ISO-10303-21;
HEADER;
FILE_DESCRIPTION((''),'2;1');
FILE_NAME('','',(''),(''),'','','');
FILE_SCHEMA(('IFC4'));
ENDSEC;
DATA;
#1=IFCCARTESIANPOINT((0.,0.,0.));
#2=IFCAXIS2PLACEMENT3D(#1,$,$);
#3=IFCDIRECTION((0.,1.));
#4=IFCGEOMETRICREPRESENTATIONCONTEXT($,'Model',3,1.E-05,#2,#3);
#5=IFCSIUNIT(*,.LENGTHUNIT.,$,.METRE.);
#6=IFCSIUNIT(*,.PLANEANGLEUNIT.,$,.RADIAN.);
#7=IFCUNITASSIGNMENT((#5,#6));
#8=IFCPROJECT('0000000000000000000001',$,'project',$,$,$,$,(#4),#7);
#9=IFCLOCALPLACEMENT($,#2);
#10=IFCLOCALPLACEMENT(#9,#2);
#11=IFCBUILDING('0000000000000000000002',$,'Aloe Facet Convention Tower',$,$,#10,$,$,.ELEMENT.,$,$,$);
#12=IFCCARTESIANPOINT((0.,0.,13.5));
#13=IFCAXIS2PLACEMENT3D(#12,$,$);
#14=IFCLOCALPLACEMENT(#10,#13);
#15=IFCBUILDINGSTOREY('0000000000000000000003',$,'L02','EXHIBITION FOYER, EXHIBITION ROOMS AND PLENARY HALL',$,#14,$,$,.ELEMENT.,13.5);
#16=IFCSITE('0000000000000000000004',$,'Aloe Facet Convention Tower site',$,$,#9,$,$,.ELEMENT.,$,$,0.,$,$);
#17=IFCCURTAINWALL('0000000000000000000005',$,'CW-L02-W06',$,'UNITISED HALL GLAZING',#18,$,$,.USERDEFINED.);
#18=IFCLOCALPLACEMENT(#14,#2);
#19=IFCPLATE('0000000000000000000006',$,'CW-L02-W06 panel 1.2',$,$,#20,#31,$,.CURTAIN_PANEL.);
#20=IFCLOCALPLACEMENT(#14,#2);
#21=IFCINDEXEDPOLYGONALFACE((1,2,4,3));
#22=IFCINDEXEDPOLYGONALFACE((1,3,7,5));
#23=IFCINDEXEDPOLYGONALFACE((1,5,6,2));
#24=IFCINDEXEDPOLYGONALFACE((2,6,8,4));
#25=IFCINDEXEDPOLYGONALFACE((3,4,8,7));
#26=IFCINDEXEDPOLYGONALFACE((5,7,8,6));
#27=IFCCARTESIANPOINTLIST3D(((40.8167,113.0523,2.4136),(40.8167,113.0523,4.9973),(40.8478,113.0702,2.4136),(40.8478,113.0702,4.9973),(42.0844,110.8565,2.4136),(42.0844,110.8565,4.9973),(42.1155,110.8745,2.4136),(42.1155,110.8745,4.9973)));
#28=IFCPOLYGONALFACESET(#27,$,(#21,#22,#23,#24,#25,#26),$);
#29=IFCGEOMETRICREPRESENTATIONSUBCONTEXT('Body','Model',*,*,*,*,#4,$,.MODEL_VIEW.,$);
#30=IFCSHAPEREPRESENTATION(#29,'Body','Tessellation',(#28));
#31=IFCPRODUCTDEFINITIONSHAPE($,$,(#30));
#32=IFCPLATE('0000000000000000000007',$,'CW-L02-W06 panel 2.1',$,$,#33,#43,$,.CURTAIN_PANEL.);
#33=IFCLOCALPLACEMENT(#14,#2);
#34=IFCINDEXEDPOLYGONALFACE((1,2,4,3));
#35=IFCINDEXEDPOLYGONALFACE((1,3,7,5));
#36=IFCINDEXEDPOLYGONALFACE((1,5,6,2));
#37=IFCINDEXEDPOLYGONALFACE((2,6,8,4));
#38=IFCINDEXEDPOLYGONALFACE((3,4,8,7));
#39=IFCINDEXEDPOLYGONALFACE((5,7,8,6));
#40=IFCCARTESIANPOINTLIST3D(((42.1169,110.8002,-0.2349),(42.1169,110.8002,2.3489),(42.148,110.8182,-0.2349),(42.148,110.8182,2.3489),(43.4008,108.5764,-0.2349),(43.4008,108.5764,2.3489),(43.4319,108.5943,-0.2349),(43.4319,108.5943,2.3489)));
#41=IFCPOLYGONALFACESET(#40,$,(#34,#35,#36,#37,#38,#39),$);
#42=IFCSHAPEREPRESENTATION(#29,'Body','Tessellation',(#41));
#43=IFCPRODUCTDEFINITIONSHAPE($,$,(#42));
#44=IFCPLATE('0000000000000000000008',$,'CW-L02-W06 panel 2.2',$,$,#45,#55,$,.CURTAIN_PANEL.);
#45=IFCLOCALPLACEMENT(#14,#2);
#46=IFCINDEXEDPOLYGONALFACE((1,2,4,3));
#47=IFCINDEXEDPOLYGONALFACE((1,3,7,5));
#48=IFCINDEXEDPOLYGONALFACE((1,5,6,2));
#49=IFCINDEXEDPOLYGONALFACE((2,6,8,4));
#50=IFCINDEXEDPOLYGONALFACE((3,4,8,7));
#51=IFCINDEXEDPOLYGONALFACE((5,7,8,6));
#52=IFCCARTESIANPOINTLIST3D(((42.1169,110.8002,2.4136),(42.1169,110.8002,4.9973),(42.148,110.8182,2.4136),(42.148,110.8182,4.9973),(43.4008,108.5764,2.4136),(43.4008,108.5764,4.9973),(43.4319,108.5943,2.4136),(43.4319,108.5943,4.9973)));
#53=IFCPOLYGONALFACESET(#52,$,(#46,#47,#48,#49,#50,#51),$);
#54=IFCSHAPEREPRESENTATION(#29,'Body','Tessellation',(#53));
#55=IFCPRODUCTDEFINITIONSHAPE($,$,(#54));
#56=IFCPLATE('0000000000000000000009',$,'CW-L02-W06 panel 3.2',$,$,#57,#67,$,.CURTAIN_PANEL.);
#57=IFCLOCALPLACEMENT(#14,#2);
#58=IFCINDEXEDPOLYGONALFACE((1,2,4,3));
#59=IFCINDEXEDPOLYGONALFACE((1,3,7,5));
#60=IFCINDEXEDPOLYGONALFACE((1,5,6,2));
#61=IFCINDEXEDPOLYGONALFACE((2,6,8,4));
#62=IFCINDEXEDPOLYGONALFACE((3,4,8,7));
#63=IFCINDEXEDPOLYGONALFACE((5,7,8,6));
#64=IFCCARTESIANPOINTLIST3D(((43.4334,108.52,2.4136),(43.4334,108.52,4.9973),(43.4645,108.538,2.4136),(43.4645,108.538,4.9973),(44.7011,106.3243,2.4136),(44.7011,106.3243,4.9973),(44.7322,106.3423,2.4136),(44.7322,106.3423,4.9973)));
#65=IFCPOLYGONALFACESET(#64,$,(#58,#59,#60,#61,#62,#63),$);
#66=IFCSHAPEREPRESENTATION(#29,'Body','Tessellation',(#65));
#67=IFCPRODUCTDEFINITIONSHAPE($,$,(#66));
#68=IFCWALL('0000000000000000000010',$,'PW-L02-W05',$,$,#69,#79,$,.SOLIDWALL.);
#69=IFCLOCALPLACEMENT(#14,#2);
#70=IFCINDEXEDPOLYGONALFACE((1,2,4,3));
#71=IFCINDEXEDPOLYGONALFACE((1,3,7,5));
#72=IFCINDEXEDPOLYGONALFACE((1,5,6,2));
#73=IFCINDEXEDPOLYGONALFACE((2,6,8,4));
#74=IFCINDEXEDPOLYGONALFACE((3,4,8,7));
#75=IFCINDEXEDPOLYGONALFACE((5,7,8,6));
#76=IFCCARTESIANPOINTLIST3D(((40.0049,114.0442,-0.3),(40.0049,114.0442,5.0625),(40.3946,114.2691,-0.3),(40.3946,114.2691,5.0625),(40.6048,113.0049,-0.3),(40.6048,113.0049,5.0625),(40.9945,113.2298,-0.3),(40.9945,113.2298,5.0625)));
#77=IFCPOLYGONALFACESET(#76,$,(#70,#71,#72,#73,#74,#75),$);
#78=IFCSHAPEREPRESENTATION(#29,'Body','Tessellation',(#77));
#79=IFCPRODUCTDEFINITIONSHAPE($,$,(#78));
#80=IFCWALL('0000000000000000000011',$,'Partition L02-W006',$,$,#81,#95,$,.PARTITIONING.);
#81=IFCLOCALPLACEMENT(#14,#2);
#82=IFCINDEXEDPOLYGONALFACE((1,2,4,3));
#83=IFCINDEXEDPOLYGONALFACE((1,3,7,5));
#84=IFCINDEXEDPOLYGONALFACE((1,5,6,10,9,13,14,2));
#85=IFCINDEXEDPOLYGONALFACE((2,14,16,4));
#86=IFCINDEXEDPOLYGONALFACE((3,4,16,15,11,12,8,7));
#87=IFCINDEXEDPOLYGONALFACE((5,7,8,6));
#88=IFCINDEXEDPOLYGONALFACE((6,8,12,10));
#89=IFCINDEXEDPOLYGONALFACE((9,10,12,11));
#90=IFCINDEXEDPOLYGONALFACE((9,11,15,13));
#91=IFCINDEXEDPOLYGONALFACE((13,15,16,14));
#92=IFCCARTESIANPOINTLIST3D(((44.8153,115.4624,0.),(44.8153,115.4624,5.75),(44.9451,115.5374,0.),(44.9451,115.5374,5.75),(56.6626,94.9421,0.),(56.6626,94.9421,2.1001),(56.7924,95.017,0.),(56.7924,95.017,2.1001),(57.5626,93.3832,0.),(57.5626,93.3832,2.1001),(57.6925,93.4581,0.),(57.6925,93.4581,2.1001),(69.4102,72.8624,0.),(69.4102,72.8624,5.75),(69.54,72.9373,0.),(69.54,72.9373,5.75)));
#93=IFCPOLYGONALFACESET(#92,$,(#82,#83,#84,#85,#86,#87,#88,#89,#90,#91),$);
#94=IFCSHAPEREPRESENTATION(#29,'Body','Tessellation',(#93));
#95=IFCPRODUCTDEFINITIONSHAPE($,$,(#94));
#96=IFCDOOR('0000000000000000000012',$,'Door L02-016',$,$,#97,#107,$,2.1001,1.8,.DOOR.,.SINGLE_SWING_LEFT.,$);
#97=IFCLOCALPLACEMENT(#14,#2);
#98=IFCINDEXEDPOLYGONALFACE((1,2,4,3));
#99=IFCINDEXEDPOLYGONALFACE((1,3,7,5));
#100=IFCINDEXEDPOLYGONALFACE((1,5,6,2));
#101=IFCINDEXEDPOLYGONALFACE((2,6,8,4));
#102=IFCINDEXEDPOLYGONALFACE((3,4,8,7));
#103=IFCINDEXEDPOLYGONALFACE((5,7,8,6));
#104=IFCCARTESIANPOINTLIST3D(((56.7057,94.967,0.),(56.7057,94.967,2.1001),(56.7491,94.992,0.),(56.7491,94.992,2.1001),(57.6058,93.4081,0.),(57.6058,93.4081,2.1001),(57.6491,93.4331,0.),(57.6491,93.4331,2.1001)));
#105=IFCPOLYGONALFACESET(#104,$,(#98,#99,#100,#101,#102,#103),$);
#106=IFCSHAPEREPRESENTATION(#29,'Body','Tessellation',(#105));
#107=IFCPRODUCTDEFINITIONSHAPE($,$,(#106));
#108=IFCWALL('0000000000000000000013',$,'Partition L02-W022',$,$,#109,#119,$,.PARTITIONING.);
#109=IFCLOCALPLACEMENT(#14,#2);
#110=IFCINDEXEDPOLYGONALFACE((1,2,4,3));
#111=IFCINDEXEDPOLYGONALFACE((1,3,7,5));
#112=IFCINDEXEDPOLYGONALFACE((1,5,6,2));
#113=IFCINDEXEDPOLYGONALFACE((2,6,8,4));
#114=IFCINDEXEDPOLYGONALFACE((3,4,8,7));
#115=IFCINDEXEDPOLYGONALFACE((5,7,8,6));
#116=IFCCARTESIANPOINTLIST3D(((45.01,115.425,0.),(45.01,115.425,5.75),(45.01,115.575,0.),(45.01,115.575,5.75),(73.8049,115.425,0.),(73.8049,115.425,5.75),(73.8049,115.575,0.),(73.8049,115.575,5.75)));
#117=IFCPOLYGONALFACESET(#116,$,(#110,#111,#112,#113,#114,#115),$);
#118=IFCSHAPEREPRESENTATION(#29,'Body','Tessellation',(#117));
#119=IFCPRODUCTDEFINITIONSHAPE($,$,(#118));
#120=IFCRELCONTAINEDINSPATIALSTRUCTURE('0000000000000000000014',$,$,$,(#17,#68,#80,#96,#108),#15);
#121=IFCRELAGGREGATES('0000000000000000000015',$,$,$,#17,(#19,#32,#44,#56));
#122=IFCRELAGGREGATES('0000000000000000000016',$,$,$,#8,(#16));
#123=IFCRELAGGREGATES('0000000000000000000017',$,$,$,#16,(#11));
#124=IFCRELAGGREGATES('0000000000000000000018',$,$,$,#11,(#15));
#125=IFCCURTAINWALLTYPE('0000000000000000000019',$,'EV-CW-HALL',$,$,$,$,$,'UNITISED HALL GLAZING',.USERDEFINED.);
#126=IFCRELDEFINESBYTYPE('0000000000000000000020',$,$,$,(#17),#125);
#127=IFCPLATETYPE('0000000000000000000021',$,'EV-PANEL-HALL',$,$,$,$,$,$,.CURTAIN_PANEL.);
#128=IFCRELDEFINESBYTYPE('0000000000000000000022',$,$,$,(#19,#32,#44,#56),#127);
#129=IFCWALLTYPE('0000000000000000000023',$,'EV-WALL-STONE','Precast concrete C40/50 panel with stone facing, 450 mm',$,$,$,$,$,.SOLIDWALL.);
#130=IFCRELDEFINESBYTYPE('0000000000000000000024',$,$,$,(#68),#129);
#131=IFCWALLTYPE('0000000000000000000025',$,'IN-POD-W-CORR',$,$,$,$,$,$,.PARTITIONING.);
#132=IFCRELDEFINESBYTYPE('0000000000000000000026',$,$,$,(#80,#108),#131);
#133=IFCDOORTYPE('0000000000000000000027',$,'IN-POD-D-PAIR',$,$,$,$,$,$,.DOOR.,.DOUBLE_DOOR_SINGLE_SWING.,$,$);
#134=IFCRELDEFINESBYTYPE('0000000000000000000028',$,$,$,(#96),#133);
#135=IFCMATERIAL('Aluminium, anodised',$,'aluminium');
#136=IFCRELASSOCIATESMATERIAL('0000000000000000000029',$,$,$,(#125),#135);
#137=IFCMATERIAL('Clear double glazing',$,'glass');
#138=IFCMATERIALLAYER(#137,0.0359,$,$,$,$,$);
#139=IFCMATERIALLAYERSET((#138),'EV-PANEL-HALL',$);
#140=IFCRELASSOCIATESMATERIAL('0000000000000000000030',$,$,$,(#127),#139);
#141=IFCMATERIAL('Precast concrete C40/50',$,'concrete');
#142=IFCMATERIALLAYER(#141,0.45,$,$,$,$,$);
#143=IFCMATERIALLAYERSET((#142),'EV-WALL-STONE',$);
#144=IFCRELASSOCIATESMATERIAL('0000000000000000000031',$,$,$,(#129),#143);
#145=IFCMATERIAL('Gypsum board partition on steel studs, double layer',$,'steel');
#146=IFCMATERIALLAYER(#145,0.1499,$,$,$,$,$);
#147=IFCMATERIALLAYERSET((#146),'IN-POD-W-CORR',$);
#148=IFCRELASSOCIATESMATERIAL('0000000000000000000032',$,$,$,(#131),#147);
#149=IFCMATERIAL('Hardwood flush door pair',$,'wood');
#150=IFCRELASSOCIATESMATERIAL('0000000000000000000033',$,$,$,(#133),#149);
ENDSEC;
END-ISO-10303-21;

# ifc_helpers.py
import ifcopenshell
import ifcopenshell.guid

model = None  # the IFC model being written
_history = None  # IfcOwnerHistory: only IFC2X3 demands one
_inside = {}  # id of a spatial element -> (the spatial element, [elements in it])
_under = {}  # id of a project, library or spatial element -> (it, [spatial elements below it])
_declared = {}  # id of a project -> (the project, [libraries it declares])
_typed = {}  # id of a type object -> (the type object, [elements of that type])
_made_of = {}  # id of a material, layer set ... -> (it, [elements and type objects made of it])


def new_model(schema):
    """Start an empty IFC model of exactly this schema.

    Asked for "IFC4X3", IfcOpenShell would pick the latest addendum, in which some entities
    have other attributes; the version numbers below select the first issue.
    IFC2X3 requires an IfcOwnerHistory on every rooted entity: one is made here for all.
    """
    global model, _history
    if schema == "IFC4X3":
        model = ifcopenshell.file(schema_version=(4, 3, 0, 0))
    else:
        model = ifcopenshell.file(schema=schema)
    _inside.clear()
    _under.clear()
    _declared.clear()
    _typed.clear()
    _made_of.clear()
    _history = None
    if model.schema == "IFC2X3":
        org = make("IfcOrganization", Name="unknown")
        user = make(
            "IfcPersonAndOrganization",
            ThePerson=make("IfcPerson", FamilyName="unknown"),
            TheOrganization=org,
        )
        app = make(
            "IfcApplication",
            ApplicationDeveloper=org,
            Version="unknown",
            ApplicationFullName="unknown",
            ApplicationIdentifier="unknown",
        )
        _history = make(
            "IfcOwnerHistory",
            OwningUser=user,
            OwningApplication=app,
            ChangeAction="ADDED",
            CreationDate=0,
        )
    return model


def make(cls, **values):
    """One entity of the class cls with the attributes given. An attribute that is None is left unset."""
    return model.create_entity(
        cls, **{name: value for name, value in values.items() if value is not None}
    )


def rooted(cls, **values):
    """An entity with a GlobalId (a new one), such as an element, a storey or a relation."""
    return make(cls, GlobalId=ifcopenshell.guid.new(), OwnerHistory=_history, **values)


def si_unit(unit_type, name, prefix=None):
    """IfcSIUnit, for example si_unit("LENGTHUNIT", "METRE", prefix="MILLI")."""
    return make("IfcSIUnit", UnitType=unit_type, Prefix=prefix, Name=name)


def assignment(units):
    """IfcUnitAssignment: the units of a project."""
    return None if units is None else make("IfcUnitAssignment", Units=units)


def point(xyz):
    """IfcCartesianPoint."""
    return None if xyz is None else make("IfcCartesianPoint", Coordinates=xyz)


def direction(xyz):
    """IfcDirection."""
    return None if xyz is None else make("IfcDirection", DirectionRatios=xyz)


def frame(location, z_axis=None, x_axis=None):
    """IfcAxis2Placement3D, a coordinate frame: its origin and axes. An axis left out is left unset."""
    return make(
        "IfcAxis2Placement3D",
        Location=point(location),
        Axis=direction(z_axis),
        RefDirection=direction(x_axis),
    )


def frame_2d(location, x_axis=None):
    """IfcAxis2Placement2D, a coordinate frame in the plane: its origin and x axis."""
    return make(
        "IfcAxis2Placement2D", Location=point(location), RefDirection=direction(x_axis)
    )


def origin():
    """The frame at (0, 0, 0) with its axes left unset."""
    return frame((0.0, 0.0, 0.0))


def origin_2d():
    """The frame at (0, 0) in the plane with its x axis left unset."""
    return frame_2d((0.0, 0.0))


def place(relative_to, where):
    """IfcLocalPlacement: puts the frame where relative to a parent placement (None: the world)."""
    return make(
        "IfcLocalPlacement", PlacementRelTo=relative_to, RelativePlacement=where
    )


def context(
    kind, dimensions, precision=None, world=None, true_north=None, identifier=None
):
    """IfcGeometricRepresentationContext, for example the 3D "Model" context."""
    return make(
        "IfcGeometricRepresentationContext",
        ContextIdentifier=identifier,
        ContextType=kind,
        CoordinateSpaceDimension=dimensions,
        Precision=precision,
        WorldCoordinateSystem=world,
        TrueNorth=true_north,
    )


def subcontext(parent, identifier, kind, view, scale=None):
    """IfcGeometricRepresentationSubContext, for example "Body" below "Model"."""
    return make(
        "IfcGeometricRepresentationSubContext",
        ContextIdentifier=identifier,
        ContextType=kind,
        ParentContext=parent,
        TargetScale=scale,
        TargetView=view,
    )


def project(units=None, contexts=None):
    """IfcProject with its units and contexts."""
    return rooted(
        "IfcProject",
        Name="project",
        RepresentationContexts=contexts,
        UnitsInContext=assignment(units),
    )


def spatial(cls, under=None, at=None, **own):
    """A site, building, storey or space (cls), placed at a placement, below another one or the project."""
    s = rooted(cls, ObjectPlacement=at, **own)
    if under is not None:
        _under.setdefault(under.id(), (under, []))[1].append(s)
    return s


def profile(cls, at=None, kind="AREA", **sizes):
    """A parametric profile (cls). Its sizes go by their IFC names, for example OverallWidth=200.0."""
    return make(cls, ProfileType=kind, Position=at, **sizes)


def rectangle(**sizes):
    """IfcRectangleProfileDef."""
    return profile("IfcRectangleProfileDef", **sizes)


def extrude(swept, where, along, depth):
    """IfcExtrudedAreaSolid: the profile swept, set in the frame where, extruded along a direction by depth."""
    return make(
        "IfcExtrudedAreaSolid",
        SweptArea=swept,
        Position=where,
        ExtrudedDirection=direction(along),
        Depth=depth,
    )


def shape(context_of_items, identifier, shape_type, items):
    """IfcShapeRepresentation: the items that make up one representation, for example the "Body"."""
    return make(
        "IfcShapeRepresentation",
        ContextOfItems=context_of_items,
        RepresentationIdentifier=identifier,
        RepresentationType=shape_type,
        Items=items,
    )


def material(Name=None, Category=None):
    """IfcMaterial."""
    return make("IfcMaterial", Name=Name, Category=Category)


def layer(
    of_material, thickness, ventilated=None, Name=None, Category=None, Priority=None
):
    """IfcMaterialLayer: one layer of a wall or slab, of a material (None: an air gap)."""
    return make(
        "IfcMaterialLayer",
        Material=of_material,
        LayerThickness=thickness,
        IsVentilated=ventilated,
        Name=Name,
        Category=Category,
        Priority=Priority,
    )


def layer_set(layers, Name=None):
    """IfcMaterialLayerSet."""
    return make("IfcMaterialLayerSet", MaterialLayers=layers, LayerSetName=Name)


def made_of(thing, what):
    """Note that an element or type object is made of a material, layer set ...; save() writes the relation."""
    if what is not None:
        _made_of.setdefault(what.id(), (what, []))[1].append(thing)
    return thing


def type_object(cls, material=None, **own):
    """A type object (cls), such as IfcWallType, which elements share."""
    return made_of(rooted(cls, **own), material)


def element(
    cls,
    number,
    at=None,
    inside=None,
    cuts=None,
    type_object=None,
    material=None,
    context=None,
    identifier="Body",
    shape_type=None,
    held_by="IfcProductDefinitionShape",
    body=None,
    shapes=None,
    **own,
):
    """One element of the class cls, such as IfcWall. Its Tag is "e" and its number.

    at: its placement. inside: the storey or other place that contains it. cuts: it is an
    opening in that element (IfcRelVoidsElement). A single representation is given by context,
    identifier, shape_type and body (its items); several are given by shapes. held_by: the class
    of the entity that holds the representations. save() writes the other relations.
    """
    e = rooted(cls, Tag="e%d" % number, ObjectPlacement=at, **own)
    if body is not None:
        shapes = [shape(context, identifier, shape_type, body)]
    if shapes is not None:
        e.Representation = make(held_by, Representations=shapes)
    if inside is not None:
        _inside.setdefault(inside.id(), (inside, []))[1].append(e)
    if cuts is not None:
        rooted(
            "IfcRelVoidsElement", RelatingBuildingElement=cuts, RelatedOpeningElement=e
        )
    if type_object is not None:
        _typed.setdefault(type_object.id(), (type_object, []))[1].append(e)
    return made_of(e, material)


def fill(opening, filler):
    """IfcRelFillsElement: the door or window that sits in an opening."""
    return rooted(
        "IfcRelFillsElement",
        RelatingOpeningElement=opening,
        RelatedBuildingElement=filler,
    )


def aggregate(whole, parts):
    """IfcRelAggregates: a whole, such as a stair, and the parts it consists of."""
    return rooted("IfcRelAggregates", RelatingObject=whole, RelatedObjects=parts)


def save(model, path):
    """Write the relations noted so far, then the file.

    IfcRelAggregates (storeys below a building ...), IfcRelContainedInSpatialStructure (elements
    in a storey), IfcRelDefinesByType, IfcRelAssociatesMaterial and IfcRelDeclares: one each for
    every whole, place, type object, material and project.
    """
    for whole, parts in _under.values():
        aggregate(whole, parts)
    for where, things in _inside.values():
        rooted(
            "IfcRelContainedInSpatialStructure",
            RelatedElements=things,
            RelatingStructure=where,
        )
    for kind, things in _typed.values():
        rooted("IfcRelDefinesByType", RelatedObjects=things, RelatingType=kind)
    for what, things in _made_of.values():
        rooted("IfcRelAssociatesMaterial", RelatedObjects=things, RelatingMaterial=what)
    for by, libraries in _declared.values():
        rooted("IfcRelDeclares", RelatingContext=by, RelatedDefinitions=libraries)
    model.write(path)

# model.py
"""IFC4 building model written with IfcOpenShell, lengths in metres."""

from ifc_helpers import new_model, si_unit, direction, frame, frame_2d, origin, origin_2d, place, context, subcontext, project, spatial, rectangle, extrude, material, layer, layer_set, type_object, element, fill, aggregate, save


model = new_model("IFC4")

# Units and contexts
model_context = context("Model", 3, precision=1e-05, world=origin(), true_north=direction((0.0, 1.0)))
body_context = subcontext(model_context, "Body", "Model", "MODEL_VIEW")
ifc_project = project(units=[si_unit("LENGTHUNIT", "METRE"), si_unit("PLANEANGLEUNIT", "RADIAN")], contexts=[model_context])

# Site, building, storey
site_placement = place(None, origin())
site = spatial("IfcSite", under=ifc_project, at=site_placement, Name="Aloe Facet Convention Tower site", CompositionType="ELEMENT", RefElevation=0.0)
building_placement = place(site_placement, origin())
building = spatial("IfcBuilding", under=site, at=building_placement, Name="Aloe Facet Convention Tower", CompositionType="ELEMENT")
storey_placement = place(building_placement, frame((0.0, 0.0, 13.5)))
storey = spatial("IfcBuildingStorey", under=building, at=storey_placement, Name="L02", Description="EXHIBITION FOYER, EXHIBITION ROOMS AND PLENARY HALL", CompositionType="ELEMENT", Elevation=13.5)

# Curtain wall
ifc_material_1 = material(Name="Aluminium, anodised", Category="aluminium")
curtain_wall_type = type_object("IfcCurtainWallType", Name="EV-CW-HALL", ElementType="UNITISED HALL GLAZING", PredefinedType="USERDEFINED", material=ifc_material_1)
curtain_wall_1_placement = place(storey_placement, origin())
curtain_wall_1 = element("IfcCurtainWall", 1, at=curtain_wall_1_placement, inside=storey, type_object=curtain_wall_type, Name="CW-L02-W06", ObjectType="UNITISED HALL GLAZING", PredefinedType="USERDEFINED")

# Plates
ifc_material_2 = material(Name="Clear double glazing", Category="glass")
ifc_layer_1 = layer(ifc_material_2, 0.0359)
ifc_layer_set_1 = layer_set([ifc_layer_1], Name="EV-PANEL-HALL")
plate_type = type_object("IfcPlateType", Name="EV-PANEL-HALL", PredefinedType="CURTAIN_PANEL", material=ifc_layer_set_1)
plate_1_placement = place(storey_placement, frame((41.4661, 111.9634, 2.4136), z_axis=(0.0, 0.0, 1.0), x_axis=(0.5, -0.866025, 0.0)))
plate_1 = element("IfcPlate", 2, at=plate_1_placement, type_object=plate_type, Name="CW-L02-W06 panel 1.2", PredefinedType="CURTAIN_PANEL", context=body_context, shape_type="SweptSolid", body=[
    extrude(rectangle(XDim=2.5354, YDim=0.0359, at=origin_2d()), origin(), (0.0, 0.0, 1.0), 2.5837),
])
plate_2_placement = place(storey_placement, frame((42.7744, 109.6973, -0.2349), z_axis=(0.0, 0.0, 1.0), x_axis=(0.5, -0.866025, 0.0)))
plate_2 = element("IfcPlate", 3, at=plate_2_placement, type_object=plate_type, Name="CW-L02-W06 panel 2.1", PredefinedType="CURTAIN_PANEL", context=body_context, shape_type="SweptSolid", body=[
    extrude(rectangle(XDim=2.5679, YDim=0.0359, at=origin_2d()), origin(), (0.0, 0.0, 1.0), 2.5837),
])
plate_3_placement = place(storey_placement, frame((42.7744, 109.6973, 2.4136), z_axis=(0.0, 0.0, 1.0), x_axis=(0.5, -0.866025, 0.0)))
plate_3 = element("IfcPlate", 4, at=plate_3_placement, type_object=plate_type, Name="CW-L02-W06 panel 2.2", PredefinedType="CURTAIN_PANEL", context=body_context, shape_type="SweptSolid", body=[
    extrude(rectangle(XDim=2.5679, YDim=0.0359, at=origin_2d()), origin(), (0.0, 0.0, 1.0), 2.5837),
])
plate_4_placement = place(storey_placement, frame((44.0828, 107.4312, 2.4136), z_axis=(0.0, 0.0, 1.0), x_axis=(0.5, -0.866025, 0.0)))
plate_4 = element("IfcPlate", 5, at=plate_4_placement, type_object=plate_type, Name="CW-L02-W06 panel 3.2", PredefinedType="CURTAIN_PANEL", context=body_context, shape_type="SweptSolid", body=[
    extrude(rectangle(XDim=2.5354, YDim=0.0359, at=origin_2d()), origin(), (0.0, 0.0, 1.0), 2.5837),
])
aggregate(curtain_wall_1, [plate_1, plate_2, plate_3, plate_4])

# Wall
ifc_material_3 = material(Name="Precast concrete C40/50", Category="concrete")
ifc_layer_2 = layer(ifc_material_3, 0.45)
ifc_layer_set_2 = layer_set([ifc_layer_2], Name="EV-WALL-STONE")
wall_type_1 = type_object("IfcWallType", Name="EV-WALL-STONE", Description="Precast concrete C40/50 panel with stone facing, 450 mm", PredefinedType="SOLIDWALL", material=ifc_layer_set_2)
wall_1_placement = place(storey_placement, frame((40.1997, 114.1567, -0.3), z_axis=(0.0, 0.0, 1.0), x_axis=(0.499881, -0.866094, 0.0)))
element("IfcWall", 6, at=wall_1_placement, inside=storey, type_object=wall_type_1, Name="PW-L02-W05", PredefinedType="SOLIDWALL", context=body_context, shape_type="SweptSolid", body=[
    extrude(rectangle(XDim=1.2, YDim=0.45, at=frame_2d((0.6001, 0.0))), origin(), (0.0, 0.0, 1.0), 5.3625),
])

# Wall, opening, door
ifc_material_4 = material(Name="Gypsum board partition on steel studs, double layer", Category="steel")
ifc_layer_3 = layer(ifc_material_4, 0.1499)
ifc_layer_set_3 = layer_set([ifc_layer_3], Name="IN-POD-W-CORR")
wall_type_2 = type_object("IfcWallType", Name="IN-POD-W-CORR", PredefinedType="PARTITIONING", material=ifc_layer_set_3)
wall_2_placement = place(storey_placement, frame((44.8801, 115.5, 0.0), z_axis=(0.0, 0.0, 1.0), x_axis=(0.499997, -0.866027, 0.0)))
wall_2 = element("IfcWall", 7, at=wall_2_placement, inside=storey, type_object=wall_type_2, Name="Partition L02-W006", PredefinedType="PARTITIONING", context=body_context, shape_type="SweptSolid", body=[
    extrude(rectangle(XDim=49.1902, YDim=0.1499, at=frame_2d((24.5952, 0.0))), origin(), (0.0, 0.0, 1.0), 5.75),
])
opening_placement = place(wall_2_placement, frame((23.6951, 0.0, 0.0)))
opening = element("IfcOpeningElement", 8, at=opening_placement, cuts=wall_2, PredefinedType="OPENING", context=body_context, shape_type="SweptSolid", body=[
    extrude(rectangle(XDim=1.8, YDim=2.1001, at=frame_2d((0.8999, 1.05))), frame((0.0, 0.085, 0.0), z_axis=(0.0, -1.0, 0.0), x_axis=(1.0, 0.0, 0.0)), (0.0, 0.0, 1.0), 0.1699),
])
ifc_material_5 = material(Name="Hardwood flush door pair", Category="wood")
door_type = type_object("IfcDoorType", Name="IN-POD-D-PAIR", OperationType="DOUBLE_DOOR_SINGLE_SWING", PredefinedType="DOOR", material=ifc_material_5)
door_placement = place(opening_placement, origin())
door = element("IfcDoor", 9, at=door_placement, inside=storey, type_object=door_type, Name="Door L02-016", OperationType="SINGLE_SWING_LEFT", OverallHeight=2.1001, OverallWidth=1.8, PredefinedType="DOOR", context=body_context, shape_type="SweptSolid", body=[
    extrude(rectangle(XDim=1.8, YDim=2.1001, at=frame_2d((0.8999, 1.05))), frame((0.0, 0.0249, 0.0), z_axis=(0.0, -1.0, 0.0), x_axis=(1.0, 0.0, 0.0)), (0.0, 0.0, 1.0), 0.05),
])
fill(opening, door)

# Wall
wall_3_placement = place(storey_placement, frame((45.01, 115.5, 0.0), z_axis=(0.0, 0.0, 1.0), x_axis=(1.0, 0.0, 0.0)))
element("IfcWall", 10, at=wall_3_placement, inside=storey, type_object=wall_type_2, Name="Partition L02-W022", PredefinedType="PARTITIONING", context=body_context, shape_type="SweptSolid", body=[
    extrude(rectangle(XDim=28.7949, YDim=0.1499, at=frame_2d((14.3975, 0.0))), origin(), (0.0, 0.0, 1.0), 5.75),
])

save(model, "model.ifc")
